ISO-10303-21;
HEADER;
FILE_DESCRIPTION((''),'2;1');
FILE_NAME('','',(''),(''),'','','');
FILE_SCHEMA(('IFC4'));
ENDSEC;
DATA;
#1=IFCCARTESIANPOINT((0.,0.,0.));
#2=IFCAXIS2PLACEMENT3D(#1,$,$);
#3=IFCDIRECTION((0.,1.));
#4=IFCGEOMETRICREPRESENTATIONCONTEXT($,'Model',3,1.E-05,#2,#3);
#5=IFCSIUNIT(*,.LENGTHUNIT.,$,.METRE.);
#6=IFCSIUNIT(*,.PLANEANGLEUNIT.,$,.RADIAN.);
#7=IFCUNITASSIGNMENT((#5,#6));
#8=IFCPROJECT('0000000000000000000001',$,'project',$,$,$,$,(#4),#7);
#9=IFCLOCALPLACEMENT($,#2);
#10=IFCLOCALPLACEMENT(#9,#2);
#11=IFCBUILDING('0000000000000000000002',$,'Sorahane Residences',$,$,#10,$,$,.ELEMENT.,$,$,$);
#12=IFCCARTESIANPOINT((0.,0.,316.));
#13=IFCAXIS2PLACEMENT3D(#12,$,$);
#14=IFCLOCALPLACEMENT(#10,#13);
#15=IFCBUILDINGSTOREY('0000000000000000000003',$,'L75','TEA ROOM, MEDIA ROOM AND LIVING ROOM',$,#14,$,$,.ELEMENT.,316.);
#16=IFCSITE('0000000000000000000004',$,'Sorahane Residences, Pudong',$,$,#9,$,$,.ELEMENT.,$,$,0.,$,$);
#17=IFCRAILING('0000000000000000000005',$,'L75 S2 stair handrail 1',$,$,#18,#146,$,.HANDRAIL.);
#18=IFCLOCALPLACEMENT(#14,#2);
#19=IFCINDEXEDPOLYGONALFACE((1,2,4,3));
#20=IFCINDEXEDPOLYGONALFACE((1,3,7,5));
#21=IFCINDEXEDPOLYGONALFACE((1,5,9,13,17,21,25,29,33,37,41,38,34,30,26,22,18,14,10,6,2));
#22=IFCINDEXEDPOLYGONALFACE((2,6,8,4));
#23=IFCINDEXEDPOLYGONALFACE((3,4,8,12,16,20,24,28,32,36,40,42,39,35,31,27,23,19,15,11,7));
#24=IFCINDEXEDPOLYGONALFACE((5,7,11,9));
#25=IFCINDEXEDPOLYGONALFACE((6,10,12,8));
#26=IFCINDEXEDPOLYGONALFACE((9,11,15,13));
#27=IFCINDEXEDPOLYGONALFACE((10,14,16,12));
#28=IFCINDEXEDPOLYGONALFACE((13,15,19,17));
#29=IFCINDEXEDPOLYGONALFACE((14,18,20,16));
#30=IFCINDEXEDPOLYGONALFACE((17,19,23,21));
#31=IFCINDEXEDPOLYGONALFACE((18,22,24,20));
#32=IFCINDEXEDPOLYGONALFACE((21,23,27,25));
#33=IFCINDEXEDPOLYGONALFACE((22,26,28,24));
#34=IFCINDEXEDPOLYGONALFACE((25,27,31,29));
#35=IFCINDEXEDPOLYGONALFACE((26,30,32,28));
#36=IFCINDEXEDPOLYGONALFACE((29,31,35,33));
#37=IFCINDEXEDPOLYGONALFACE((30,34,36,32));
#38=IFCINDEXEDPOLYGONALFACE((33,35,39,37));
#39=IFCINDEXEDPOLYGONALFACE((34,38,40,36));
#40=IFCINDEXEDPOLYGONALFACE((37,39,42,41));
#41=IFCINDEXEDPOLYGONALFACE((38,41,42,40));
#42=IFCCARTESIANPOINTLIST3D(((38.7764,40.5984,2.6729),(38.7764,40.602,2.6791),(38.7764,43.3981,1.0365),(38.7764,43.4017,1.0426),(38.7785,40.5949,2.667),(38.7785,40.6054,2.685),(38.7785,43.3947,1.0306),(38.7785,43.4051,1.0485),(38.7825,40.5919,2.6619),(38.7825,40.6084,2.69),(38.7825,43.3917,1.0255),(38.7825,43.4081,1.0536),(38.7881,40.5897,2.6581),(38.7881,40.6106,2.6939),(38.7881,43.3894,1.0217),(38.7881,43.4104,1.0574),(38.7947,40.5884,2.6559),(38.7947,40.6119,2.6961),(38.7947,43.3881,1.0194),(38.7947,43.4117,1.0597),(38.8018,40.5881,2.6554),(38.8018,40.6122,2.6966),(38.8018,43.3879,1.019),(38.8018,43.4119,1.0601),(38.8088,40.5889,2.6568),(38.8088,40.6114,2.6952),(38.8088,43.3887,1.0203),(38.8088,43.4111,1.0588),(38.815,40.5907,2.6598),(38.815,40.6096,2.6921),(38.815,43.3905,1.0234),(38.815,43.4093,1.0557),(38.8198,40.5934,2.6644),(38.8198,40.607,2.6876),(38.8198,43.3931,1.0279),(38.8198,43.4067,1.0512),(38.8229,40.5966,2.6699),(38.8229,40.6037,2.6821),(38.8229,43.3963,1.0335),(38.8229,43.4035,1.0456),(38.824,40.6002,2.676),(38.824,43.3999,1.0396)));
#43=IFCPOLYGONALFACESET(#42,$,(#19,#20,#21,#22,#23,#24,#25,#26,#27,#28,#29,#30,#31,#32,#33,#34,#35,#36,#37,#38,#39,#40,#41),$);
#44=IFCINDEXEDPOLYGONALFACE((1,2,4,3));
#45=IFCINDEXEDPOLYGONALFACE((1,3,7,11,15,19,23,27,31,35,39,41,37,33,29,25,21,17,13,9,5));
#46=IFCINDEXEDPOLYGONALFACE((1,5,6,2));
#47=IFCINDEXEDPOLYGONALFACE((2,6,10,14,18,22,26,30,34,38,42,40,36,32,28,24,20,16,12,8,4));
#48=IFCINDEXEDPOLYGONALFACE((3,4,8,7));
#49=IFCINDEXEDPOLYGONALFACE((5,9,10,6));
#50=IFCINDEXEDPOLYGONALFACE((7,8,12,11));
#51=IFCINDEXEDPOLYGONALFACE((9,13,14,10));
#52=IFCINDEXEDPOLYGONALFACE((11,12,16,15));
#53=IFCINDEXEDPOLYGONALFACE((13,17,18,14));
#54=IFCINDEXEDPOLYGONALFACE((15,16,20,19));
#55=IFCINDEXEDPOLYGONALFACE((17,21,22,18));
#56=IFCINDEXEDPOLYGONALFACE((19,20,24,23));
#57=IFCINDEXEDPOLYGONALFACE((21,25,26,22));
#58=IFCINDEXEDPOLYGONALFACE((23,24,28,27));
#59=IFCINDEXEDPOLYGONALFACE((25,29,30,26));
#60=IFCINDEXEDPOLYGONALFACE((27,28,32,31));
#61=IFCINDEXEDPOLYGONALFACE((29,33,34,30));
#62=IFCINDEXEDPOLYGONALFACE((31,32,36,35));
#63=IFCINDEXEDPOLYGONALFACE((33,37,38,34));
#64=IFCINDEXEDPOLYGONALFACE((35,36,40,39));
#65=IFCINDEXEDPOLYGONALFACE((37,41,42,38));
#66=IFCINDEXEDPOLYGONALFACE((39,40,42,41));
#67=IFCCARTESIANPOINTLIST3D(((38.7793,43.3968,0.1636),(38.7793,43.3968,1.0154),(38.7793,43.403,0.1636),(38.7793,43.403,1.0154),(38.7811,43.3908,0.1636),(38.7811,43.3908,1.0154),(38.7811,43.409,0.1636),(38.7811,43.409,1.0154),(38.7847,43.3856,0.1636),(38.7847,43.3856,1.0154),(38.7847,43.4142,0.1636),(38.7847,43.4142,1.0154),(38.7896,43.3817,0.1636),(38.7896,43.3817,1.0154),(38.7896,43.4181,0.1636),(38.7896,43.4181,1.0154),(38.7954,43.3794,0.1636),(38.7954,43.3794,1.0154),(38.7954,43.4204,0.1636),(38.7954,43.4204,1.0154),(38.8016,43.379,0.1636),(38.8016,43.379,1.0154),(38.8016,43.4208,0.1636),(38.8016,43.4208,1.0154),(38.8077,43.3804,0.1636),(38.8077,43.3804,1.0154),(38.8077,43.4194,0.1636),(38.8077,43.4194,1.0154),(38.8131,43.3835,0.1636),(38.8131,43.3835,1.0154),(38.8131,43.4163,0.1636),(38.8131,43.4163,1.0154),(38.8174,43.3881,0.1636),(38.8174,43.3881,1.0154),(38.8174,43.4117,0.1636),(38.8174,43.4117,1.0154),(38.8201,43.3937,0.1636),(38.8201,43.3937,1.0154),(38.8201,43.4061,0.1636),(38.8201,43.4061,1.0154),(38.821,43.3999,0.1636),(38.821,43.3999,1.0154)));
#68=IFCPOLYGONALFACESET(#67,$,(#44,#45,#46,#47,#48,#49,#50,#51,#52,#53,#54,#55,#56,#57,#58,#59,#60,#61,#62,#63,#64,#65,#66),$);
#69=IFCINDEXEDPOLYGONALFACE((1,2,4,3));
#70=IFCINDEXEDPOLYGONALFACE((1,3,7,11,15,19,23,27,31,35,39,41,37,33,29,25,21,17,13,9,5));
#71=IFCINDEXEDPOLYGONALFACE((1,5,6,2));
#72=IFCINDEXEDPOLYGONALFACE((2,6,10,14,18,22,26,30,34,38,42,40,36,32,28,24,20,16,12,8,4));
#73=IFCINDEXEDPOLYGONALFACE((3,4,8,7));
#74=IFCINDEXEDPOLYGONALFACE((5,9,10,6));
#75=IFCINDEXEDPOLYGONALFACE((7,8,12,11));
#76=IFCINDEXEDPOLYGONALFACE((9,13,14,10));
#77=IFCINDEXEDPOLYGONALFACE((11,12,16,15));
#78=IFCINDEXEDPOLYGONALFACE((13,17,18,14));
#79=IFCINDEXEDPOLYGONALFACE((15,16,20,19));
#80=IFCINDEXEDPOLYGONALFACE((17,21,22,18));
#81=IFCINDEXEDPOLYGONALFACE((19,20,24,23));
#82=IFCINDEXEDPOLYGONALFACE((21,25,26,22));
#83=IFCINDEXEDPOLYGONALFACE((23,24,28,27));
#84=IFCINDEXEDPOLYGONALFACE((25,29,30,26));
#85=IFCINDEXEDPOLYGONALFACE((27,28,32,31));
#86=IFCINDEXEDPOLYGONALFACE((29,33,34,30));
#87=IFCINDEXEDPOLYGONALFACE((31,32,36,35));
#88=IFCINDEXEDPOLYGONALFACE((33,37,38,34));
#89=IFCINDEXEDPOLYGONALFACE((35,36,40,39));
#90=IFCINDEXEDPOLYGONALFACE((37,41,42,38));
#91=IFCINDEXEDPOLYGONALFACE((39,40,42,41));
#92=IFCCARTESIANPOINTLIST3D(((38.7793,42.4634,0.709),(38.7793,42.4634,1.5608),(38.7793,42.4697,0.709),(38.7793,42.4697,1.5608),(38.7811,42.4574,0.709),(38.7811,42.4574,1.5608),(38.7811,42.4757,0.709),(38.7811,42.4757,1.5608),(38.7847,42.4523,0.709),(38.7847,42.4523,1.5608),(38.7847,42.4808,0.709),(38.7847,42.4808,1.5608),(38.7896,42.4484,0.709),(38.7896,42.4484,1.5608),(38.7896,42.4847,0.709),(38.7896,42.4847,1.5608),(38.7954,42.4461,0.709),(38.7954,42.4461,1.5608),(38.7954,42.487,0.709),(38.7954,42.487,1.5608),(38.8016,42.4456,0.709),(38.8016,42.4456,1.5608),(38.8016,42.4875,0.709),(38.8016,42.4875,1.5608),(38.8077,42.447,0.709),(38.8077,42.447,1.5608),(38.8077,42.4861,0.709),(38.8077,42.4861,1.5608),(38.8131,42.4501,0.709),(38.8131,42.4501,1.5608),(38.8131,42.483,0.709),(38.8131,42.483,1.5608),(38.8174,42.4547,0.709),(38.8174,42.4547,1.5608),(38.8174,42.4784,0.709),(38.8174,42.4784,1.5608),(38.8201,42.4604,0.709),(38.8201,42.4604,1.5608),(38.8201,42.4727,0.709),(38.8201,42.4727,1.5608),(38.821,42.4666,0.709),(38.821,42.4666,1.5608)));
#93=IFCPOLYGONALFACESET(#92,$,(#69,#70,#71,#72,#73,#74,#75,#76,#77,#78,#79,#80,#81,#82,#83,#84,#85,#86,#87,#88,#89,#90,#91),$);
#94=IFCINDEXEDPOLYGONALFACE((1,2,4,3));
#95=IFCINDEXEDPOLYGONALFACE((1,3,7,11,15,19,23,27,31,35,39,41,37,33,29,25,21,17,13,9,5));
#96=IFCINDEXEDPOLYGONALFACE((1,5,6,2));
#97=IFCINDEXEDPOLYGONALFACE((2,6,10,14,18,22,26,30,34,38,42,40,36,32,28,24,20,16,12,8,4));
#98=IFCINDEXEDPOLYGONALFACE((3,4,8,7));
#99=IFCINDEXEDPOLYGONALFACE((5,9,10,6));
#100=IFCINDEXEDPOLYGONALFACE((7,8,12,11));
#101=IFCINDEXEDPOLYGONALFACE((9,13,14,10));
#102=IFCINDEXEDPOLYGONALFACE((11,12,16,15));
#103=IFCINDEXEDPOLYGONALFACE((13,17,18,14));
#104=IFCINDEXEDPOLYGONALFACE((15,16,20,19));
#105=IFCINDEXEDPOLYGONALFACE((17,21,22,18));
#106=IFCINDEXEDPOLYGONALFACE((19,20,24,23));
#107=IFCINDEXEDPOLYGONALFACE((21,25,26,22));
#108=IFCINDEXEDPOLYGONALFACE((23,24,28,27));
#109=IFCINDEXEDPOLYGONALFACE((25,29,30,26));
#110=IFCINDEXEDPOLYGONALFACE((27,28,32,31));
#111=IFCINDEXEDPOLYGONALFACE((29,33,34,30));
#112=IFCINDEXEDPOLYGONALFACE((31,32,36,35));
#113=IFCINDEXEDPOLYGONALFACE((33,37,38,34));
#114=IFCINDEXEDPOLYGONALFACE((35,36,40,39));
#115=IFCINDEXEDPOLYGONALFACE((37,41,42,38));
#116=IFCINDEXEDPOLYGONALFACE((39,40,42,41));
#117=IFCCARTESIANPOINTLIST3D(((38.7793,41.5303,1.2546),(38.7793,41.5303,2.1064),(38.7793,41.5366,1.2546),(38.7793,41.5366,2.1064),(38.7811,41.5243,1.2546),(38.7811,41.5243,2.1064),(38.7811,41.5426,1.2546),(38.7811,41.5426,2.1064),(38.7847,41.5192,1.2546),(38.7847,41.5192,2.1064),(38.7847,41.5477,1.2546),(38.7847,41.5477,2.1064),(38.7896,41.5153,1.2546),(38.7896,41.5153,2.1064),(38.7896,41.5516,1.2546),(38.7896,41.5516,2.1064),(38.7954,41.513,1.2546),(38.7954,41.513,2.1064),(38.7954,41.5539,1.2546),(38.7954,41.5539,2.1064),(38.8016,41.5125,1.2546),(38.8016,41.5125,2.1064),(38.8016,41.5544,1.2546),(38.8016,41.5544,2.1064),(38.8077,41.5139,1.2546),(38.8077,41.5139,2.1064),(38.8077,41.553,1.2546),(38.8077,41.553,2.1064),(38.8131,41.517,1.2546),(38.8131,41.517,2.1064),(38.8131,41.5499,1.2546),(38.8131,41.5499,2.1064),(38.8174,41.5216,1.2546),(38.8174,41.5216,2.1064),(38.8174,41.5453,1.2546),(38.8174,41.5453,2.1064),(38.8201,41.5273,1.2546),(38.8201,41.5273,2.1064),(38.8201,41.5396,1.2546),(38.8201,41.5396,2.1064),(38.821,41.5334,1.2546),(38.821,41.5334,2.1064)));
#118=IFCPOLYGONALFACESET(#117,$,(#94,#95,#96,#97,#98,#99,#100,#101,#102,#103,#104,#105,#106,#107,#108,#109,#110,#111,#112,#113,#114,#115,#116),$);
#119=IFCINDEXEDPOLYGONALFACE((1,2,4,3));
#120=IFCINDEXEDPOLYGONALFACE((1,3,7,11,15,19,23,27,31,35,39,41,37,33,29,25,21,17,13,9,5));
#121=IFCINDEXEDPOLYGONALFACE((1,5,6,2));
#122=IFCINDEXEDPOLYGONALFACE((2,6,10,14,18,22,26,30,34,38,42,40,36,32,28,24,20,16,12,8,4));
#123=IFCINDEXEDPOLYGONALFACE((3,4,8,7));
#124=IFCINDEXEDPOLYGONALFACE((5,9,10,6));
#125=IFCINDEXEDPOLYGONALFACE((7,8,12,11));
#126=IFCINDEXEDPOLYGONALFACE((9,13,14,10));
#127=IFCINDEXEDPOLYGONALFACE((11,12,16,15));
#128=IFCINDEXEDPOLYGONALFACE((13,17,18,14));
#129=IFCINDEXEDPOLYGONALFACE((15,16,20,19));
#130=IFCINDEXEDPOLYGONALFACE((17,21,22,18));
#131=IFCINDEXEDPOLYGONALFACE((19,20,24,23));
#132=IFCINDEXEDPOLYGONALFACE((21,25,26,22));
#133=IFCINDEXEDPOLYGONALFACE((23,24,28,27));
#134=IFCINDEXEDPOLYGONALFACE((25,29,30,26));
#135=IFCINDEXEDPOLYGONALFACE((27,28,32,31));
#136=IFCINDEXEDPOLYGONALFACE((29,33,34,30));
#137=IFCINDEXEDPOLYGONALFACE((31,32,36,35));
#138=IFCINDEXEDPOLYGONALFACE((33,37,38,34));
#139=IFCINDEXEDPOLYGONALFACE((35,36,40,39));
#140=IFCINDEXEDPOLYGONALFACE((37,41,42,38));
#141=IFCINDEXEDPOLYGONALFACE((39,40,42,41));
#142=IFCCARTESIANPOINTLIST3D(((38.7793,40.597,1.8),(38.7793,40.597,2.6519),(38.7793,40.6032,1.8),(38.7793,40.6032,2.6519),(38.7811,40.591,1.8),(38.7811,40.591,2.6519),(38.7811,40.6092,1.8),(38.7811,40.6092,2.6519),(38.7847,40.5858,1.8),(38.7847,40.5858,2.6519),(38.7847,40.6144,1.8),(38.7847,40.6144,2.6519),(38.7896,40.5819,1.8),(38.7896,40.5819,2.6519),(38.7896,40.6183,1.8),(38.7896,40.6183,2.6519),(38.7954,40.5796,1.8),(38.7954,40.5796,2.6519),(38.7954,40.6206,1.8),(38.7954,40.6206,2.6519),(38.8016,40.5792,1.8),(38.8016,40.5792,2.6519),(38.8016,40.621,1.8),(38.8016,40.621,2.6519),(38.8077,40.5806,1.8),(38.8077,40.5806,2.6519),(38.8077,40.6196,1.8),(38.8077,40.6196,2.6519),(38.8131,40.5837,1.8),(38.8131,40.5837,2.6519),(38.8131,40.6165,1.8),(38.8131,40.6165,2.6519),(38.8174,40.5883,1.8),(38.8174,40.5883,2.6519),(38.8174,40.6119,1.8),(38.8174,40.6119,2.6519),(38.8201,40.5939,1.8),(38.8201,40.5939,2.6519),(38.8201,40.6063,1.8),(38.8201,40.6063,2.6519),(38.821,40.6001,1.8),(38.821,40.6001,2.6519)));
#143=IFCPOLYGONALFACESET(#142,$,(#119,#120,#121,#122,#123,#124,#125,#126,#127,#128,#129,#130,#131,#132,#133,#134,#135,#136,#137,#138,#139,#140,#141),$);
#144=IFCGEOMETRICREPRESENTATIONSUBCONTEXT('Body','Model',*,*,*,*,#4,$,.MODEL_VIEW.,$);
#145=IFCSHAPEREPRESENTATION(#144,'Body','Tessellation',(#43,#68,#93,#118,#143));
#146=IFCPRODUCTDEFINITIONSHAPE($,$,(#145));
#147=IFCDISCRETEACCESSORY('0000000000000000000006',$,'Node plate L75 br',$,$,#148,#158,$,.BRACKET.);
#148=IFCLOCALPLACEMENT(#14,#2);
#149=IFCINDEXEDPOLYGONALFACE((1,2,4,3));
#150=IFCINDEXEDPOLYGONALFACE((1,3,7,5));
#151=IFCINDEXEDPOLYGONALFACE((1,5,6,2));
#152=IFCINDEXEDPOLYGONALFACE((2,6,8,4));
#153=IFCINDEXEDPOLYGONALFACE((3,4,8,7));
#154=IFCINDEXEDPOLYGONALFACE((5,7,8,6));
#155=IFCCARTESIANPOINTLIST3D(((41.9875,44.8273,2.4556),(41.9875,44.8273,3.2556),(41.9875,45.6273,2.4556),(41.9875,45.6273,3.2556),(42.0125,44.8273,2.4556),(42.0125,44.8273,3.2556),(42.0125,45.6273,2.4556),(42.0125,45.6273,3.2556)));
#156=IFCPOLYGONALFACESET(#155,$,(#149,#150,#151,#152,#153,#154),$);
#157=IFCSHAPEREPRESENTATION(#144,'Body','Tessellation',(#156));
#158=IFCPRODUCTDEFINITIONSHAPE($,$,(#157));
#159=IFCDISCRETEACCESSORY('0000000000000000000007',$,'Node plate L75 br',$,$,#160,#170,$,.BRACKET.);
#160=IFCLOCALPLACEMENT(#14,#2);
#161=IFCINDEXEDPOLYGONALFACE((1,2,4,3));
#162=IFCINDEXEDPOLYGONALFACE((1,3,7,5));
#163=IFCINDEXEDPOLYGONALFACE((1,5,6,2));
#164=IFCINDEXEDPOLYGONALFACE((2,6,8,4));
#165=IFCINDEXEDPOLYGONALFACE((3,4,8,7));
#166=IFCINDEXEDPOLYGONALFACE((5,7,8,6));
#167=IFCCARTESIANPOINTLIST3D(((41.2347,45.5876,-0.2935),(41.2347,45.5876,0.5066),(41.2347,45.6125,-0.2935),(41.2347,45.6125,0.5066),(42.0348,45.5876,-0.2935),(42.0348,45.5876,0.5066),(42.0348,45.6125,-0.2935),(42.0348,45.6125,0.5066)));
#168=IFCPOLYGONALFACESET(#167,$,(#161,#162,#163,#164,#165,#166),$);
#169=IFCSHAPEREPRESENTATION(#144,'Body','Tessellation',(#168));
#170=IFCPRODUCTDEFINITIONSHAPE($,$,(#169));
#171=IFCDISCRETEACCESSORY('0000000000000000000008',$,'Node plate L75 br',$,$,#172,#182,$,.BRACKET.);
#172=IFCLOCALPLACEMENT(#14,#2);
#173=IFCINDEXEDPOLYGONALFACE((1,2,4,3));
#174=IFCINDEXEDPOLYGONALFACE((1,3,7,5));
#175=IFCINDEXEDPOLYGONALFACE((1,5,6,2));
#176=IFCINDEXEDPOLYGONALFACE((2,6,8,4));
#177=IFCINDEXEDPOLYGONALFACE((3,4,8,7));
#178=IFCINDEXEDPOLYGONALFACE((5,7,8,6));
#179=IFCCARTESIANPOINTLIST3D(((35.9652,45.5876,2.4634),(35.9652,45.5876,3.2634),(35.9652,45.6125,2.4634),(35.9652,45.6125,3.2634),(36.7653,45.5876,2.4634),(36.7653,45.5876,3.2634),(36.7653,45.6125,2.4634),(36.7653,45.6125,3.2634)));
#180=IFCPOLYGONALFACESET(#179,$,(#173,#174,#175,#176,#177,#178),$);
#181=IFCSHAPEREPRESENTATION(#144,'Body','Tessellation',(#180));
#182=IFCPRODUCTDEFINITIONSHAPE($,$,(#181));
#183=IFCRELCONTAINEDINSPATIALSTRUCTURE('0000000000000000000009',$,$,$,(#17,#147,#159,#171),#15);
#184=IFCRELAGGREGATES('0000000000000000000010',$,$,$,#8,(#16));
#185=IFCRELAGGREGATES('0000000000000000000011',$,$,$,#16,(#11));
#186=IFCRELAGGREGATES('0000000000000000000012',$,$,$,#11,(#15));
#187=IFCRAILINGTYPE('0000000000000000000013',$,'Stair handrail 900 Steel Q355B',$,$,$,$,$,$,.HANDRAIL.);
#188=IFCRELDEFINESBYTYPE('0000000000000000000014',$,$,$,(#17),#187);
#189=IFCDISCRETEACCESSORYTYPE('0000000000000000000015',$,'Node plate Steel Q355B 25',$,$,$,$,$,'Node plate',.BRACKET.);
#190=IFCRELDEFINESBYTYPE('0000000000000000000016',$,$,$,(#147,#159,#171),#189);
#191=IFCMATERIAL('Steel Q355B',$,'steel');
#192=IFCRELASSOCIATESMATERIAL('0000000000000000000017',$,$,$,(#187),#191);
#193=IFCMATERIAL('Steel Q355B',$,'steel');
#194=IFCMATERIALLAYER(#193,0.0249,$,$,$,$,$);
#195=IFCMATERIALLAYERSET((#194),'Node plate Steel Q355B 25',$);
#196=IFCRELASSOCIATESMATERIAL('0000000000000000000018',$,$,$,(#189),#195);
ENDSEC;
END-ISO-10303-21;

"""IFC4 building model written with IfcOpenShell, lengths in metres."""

from ifc_helpers import new_model, si_unit, direction, frame, origin, origin_2d, place, context, subcontext, project, spatial, rectangle, circle, extrude, material, layer, layer_set, type_object, element, save


model = new_model("IFC4")

# Units and contexts
model_context = context("Model", 3, precision=1e-05, world=origin(), true_north=direction((0.0, 1.0)))
body_context = subcontext(model_context, "Body", "Model", "MODEL_VIEW")
ifc_project = project(units=[si_unit("LENGTHUNIT", "METRE"), si_unit("PLANEANGLEUNIT", "RADIAN")], contexts=[model_context])

# Site, building, storey
site_placement = place(None, origin())
site = spatial("IfcSite", under=ifc_project, at=site_placement, Name="Sorahane Residences, Pudong", CompositionType="ELEMENT", RefElevation=0.0)
building_placement = place(site_placement, origin())
building = spatial("IfcBuilding", under=site, at=building_placement, Name="Sorahane Residences", CompositionType="ELEMENT")
storey_placement = place(building_placement, frame((0.0, 0.0, 316.0)))
storey = spatial("IfcBuildingStorey", under=building, at=storey_placement, Name="L75", Description="TEA ROOM, MEDIA ROOM AND LIVING ROOM", CompositionType="ELEMENT", Elevation=316.0)

# Railing
ifc_material_1 = material(Name="Steel Q355B", Category="steel")
railing_type_1 = type_object("IfcRailingType", Name="Stair handrail 900 Steel Q355B", PredefinedType="HANDRAIL", material=ifc_material_1)
railing_1_placement = place(storey_placement, frame((38.8, 43.3999, 0.1636)))
element("IfcRailing", 1, at=railing_1_placement, inside=storey, type_object=railing_type_1, Name="L75 S2 stair handrail 1", PredefinedType="HANDRAIL", context=body_context, shape_type="SweptSolid", body=[
    extrude(circle(Radius=0.0239, at=origin_2d()), frame((0.0, 0.0, 0.876), z_axis=(0.0, -0.863342, 0.50462), x_axis=(1.0, 0.0, 0.0)), (0.0, 0.0, 1.0), 3.2429),
    extrude(circle(Radius=0.021, at=origin_2d()), origin(), (0.0, 0.0, 1.0), 0.8518),
    extrude(circle(Radius=0.021, at=origin_2d()), frame((0.0, -0.9333, 0.5454)), (0.0, 0.0, 1.0), 0.8518),
    extrude(circle(Radius=0.021, at=origin_2d()), frame((0.0, -1.8665, 1.0911)), (0.0, 0.0, 1.0), 0.8518),
    extrude(circle(Radius=0.021, at=origin_2d()), frame((0.0, -2.7998, 1.6365)), (0.0, 0.0, 1.0), 0.8518),
])

# Discrete accessories
ifc_material_2 = material(Name="Steel Q355B", Category="steel")
ifc_layer_1 = layer(ifc_material_2, 0.0249)
ifc_layer_set_1 = layer_set([ifc_layer_1], Name="Node plate Steel Q355B 25")
discrete_accessory_type = type_object("IfcDiscreteAccessoryType", Name="Node plate Steel Q355B 25", ElementType="Node plate", PredefinedType="BRACKET", material=ifc_layer_set_1)
for number, where, z_axis, x_axis, name in (
    (2, (42.0, 45.2273, 2.4556), (0.0, 0.0, 1.0), (0.0, 1.0, 0.0), "Node plate L75 br"),
    (3, (41.6348, 45.6001, -0.2935), (0.0, 0.0, 1.0), (1.0, 0.0, 0.0), "Node plate L75 br"),
    (4, (36.3652, 45.6001, 2.4634), (0.0, 0.0, 1.0), (1.0, 0.0, 0.0), "Node plate L75 br"),
):
    element("IfcDiscreteAccessory", number, at=place(storey_placement, frame(where, z_axis=z_axis, x_axis=x_axis)), inside=storey, type_object=discrete_accessory_type, Name=name, PredefinedType="BRACKET", context=body_context, shape_type="SweptSolid", body=[
        extrude(rectangle(XDim=0.8, YDim=0.0249, at=origin_2d()), origin(), (0.0, 0.0, 1.0), 0.8),
    ])

save(model, "model.ifc")
